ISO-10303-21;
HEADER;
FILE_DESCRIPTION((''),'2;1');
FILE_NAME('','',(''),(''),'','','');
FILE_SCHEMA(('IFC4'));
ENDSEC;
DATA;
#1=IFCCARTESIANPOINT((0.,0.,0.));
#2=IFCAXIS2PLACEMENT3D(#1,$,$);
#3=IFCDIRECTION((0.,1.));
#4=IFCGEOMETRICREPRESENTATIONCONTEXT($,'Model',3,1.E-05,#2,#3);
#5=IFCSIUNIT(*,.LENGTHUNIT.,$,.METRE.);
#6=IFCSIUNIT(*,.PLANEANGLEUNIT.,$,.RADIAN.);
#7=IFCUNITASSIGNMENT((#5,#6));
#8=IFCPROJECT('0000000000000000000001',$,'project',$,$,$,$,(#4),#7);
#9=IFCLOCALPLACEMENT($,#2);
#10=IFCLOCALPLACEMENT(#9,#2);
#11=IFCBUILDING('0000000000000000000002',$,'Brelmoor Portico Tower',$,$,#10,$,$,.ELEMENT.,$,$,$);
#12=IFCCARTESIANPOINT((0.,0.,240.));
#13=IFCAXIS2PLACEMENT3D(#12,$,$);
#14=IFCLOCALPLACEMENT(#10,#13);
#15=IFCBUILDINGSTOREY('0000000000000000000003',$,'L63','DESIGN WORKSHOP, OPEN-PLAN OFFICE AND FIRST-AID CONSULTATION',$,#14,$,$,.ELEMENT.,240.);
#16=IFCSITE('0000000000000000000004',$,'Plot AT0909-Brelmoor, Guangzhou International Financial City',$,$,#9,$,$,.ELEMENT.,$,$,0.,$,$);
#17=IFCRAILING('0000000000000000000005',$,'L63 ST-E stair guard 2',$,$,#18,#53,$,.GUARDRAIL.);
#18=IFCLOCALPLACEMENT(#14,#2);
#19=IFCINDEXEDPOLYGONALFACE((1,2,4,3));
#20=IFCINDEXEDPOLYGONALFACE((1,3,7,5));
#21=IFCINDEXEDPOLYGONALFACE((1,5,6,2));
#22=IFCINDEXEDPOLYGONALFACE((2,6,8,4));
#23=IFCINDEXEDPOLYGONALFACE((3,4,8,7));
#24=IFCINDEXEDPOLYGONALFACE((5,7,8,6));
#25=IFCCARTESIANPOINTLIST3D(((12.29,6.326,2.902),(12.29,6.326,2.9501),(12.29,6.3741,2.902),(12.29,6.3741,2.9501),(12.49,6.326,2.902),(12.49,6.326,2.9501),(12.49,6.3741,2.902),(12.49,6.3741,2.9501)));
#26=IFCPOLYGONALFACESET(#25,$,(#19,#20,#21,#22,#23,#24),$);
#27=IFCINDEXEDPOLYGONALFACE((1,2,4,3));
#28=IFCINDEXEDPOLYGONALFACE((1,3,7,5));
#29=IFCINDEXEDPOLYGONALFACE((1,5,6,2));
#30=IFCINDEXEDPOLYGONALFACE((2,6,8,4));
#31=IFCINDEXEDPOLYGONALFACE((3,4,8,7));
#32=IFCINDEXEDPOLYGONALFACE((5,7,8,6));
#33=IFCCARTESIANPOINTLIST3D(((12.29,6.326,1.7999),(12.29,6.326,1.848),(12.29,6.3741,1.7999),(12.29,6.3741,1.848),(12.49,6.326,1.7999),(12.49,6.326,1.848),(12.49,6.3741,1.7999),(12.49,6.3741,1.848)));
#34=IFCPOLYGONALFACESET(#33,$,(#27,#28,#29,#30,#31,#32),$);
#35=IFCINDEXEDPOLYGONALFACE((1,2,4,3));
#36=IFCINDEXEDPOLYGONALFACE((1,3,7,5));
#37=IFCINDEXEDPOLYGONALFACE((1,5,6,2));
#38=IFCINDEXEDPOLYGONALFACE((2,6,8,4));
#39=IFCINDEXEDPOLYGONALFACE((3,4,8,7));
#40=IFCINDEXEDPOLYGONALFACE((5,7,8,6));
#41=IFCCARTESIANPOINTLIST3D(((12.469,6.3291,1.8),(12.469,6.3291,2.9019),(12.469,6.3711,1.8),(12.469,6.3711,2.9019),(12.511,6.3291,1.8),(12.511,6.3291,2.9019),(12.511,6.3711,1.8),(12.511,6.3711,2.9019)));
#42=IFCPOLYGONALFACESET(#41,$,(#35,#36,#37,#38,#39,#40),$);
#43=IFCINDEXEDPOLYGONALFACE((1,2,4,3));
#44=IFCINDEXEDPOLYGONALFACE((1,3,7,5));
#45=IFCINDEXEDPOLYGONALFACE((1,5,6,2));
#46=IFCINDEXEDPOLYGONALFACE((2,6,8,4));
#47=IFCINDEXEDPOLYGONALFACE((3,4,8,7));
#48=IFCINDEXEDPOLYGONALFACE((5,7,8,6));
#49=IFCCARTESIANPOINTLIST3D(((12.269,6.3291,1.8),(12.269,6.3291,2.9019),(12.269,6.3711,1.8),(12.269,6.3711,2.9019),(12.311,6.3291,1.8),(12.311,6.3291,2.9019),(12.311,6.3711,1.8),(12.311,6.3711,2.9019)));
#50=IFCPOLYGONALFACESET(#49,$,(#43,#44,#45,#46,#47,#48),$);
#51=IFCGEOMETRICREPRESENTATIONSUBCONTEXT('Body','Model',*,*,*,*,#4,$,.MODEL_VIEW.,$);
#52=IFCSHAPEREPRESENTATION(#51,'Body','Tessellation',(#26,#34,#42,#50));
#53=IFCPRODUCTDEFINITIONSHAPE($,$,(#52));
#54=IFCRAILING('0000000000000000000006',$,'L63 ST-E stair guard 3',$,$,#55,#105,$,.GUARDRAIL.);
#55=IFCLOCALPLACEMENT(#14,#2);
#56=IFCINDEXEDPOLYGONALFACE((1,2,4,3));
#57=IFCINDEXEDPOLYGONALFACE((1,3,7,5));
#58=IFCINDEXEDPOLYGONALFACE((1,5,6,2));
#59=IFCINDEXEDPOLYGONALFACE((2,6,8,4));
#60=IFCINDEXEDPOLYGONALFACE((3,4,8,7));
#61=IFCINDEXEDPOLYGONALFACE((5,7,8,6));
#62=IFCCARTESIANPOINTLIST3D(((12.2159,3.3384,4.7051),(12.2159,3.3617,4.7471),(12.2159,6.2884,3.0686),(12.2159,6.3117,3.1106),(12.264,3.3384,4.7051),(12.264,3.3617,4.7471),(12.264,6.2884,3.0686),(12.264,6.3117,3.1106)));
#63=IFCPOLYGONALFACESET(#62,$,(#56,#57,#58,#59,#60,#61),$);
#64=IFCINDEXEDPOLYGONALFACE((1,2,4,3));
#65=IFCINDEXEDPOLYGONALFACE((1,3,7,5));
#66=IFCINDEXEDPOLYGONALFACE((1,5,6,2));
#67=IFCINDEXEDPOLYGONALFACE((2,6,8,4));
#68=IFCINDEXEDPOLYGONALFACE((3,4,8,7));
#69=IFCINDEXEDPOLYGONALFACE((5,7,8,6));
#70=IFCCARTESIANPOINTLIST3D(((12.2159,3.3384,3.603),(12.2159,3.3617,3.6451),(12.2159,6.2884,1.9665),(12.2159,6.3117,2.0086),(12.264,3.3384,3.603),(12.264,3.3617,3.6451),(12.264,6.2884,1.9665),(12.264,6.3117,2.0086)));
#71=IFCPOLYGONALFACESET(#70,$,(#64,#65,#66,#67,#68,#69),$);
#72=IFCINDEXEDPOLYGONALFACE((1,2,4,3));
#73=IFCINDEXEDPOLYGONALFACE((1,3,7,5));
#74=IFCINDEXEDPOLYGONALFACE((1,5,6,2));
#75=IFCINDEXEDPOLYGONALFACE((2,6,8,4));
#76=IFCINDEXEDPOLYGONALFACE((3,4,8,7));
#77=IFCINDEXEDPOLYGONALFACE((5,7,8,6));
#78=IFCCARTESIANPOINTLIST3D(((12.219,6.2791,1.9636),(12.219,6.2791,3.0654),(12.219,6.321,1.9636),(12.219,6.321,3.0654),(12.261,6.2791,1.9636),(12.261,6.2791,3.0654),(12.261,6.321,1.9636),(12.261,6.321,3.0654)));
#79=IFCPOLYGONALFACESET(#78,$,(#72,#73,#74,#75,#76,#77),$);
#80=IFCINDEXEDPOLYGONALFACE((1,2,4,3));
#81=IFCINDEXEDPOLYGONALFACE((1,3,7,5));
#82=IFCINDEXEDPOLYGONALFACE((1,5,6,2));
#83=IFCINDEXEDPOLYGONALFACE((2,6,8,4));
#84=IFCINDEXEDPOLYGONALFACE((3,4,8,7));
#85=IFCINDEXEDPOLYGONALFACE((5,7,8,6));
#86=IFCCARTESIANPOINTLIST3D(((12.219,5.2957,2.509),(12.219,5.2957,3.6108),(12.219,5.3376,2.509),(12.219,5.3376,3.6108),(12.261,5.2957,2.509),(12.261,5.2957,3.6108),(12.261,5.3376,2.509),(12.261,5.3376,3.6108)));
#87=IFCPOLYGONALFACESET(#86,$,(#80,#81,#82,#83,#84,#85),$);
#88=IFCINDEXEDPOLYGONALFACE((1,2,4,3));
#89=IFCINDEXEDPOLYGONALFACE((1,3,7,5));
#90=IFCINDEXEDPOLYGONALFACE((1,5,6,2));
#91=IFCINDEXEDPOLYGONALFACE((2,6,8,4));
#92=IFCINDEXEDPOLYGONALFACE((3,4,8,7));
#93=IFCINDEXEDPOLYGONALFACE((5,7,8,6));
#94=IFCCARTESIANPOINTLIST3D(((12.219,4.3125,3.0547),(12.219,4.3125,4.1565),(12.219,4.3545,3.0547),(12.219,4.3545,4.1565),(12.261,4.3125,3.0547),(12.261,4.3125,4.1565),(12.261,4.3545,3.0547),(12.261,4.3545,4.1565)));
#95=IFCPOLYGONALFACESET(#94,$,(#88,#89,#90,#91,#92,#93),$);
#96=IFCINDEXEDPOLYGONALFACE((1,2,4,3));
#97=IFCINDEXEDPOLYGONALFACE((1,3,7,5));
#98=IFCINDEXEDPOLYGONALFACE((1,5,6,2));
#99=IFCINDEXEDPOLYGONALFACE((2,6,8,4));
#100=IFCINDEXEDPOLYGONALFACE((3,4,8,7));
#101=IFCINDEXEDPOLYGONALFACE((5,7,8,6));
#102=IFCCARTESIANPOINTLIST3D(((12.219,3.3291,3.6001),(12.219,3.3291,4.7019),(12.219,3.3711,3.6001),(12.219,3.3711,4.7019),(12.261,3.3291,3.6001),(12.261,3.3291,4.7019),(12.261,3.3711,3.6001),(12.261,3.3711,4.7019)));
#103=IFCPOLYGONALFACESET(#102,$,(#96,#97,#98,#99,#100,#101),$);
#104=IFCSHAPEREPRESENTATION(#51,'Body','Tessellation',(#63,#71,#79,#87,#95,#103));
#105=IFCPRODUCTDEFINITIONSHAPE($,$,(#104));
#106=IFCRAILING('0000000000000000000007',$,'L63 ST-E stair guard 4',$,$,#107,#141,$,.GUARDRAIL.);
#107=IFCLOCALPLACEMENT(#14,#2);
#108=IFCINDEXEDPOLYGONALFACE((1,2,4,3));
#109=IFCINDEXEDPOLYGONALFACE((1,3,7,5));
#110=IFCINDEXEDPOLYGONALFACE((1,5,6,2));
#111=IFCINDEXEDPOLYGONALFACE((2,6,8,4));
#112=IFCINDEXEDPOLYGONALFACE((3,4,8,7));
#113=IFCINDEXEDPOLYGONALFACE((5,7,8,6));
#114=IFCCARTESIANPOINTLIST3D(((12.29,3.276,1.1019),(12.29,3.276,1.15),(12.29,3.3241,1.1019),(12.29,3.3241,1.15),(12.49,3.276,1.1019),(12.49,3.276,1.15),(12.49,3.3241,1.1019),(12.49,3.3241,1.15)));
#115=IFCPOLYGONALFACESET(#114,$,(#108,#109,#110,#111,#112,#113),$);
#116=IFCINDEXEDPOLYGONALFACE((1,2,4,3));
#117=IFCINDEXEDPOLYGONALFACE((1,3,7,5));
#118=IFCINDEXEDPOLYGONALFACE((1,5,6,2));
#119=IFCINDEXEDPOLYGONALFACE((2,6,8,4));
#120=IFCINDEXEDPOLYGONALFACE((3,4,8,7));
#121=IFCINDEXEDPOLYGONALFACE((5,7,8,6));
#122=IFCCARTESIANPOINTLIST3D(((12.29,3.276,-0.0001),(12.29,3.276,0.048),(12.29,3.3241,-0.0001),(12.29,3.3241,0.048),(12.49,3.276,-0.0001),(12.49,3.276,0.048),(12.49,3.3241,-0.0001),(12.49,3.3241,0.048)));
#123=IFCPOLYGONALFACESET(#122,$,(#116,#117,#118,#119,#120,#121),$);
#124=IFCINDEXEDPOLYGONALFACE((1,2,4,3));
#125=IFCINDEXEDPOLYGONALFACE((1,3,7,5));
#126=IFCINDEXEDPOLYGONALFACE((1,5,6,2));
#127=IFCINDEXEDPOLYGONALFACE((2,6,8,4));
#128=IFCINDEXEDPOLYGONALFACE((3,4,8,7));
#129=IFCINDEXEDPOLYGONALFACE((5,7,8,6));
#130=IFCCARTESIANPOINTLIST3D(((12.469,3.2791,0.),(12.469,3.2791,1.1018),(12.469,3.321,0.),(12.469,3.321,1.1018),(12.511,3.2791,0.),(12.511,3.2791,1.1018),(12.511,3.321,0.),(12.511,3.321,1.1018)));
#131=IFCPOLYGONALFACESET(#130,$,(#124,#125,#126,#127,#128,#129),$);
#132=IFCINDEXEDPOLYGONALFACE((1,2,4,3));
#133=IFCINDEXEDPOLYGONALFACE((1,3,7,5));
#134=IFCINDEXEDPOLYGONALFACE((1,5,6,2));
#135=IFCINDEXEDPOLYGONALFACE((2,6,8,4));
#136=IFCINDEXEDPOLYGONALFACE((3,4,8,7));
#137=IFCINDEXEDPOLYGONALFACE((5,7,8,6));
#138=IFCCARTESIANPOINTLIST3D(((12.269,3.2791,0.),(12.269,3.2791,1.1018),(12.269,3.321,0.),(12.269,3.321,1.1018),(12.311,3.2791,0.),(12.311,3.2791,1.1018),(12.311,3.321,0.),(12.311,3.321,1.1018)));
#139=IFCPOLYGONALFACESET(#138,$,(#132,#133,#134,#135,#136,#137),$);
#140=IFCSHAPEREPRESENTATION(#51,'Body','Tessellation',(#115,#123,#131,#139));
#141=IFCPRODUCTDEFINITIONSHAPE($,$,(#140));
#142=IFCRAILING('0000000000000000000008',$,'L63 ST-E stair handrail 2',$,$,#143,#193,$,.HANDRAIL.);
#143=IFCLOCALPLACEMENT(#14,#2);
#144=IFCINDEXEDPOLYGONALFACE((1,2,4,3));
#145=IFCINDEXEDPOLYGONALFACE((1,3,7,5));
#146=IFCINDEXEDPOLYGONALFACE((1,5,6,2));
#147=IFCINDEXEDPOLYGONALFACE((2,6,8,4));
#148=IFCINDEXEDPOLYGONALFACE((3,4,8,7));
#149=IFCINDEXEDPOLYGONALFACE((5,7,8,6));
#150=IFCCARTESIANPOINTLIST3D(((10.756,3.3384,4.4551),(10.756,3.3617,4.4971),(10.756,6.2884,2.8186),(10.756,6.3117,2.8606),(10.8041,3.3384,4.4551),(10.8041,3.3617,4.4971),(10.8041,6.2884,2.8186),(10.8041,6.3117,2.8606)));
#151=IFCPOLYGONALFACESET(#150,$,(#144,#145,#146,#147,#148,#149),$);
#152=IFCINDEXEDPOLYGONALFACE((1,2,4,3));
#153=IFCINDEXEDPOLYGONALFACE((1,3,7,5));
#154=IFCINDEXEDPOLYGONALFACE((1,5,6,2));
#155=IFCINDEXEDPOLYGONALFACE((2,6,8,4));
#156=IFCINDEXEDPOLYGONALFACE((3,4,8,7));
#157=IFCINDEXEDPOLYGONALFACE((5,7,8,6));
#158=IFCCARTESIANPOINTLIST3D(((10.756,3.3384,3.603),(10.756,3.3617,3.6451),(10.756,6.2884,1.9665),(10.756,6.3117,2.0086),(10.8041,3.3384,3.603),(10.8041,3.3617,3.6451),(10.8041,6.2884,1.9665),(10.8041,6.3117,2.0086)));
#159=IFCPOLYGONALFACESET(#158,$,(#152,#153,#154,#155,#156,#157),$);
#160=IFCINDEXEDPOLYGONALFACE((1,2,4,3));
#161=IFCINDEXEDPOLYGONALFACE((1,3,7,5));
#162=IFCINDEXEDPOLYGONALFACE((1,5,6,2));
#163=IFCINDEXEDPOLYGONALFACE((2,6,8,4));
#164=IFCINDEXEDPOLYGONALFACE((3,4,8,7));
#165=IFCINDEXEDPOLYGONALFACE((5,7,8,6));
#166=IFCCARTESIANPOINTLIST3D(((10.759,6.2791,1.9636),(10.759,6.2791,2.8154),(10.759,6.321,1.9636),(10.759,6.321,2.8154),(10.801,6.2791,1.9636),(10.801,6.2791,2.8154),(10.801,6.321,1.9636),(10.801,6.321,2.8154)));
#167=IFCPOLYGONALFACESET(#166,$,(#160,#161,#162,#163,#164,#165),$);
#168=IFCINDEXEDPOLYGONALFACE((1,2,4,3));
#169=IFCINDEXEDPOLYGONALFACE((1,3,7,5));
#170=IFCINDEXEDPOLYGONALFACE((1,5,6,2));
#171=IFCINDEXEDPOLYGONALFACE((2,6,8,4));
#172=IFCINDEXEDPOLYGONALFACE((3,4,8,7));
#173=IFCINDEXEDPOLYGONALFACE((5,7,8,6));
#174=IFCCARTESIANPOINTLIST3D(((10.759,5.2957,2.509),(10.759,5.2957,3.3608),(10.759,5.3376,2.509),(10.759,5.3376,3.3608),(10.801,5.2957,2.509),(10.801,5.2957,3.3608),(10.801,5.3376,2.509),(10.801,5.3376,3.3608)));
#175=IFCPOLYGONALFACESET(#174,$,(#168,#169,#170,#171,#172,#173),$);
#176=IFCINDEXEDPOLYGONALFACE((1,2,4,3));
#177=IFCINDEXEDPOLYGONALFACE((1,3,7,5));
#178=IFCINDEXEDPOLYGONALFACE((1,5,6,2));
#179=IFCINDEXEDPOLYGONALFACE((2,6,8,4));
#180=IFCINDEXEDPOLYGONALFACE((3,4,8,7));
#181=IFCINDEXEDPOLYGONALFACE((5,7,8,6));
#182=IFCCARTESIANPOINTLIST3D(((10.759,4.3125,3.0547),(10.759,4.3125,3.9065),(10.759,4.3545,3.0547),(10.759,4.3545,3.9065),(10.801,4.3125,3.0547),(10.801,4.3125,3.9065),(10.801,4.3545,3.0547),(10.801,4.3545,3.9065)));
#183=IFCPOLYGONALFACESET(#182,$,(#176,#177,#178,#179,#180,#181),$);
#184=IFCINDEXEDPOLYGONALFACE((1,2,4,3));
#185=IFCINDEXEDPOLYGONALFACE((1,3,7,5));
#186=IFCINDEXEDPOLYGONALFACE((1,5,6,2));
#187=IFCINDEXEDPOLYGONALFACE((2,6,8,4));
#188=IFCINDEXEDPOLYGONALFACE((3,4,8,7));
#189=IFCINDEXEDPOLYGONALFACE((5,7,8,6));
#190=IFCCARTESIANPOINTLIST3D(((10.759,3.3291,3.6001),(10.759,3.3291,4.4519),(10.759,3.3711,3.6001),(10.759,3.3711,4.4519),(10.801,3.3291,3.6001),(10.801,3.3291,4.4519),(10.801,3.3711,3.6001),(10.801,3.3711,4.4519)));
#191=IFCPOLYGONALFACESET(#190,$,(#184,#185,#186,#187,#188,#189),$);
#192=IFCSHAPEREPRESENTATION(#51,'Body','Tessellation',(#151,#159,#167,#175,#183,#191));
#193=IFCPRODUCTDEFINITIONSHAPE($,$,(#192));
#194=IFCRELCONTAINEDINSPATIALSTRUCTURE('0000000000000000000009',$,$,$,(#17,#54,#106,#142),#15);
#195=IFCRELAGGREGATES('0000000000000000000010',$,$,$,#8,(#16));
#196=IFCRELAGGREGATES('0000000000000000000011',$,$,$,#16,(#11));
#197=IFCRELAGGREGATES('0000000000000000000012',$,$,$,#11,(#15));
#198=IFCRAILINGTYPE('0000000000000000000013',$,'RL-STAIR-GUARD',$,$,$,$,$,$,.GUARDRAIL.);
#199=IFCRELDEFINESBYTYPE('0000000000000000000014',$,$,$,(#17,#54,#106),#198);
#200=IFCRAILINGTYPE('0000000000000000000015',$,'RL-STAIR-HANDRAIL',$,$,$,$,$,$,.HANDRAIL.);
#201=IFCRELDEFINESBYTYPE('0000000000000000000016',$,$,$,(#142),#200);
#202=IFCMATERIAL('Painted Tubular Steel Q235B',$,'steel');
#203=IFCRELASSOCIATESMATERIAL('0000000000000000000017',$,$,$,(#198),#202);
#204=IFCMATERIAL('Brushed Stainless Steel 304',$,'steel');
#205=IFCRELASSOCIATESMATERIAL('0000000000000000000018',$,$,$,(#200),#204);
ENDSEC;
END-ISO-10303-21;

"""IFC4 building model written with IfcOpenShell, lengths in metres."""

from ifc_helpers import new_model, si_unit, direction, frame, origin, origin_2d, place, context, subcontext, project, spatial, rectangle, extrude, material, type_object, element, save


model = new_model("IFC4")

# Units and contexts
model_context = context("Model", 3, precision=1e-05, world=origin(), true_north=direction((0.0, 1.0)))
body_context = subcontext(model_context, "Body", "Model", "MODEL_VIEW")
ifc_project = project(units=[si_unit("LENGTHUNIT", "METRE"), si_unit("PLANEANGLEUNIT", "RADIAN")], contexts=[model_context])

# Site, building, storey
site_placement = place(None, origin())
site = spatial("IfcSite", under=ifc_project, at=site_placement, Name="Plot AT0909-Brelmoor, Guangzhou International Financial City", CompositionType="ELEMENT", RefElevation=0.0)
building_placement = place(site_placement, origin())
building = spatial("IfcBuilding", under=site, at=building_placement, Name="Brelmoor Portico Tower", CompositionType="ELEMENT")
storey_placement = place(building_placement, frame((0.0, 0.0, 240.0)))
storey = spatial("IfcBuildingStorey", under=building, at=storey_placement, Name="L63", Description="DESIGN WORKSHOP, OPEN-PLAN OFFICE AND FIRST-AID CONSULTATION", CompositionType="ELEMENT", Elevation=240.0)

# Railings
ifc_material_1 = material(Name="Painted Tubular Steel Q235B", Category="steel")
railing_type_1 = type_object("IfcRailingType", Name="RL-STAIR-GUARD", PredefinedType="GUARDRAIL", material=ifc_material_1)
railing_1_placement = place(storey_placement, frame((12.49, 6.3501, 1.8)))
element("IfcRailing", 1, at=railing_1_placement, inside=storey, type_object=railing_type_1, Name="L63 ST-E stair guard 2", PredefinedType="GUARDRAIL", context=body_context, shape_type="SweptSolid", body=[
    extrude(rectangle(XDim=0.0481, YDim=0.0481, at=origin_2d()), frame((0.0, 0.0, 1.126), z_axis=(-1.0, 0.0, 0.0), x_axis=(0.0, -1.0, 0.0)), (0.0, 0.0, 1.0), 0.2),
    extrude(rectangle(XDim=0.0481, YDim=0.0481, at=origin_2d()), frame((0.0, 0.0, 0.0239), z_axis=(-1.0, 0.0, 0.0), x_axis=(0.0, -1.0, 0.0)), (0.0, 0.0, 1.0), 0.2),
    extrude(rectangle(XDim=0.042, YDim=0.042, at=origin_2d()), origin(), (0.0, 0.0, 1.0), 1.1018),
    extrude(rectangle(XDim=0.042, YDim=0.042, at=origin_2d()), frame((-0.2, 0.0, 0.0)), (0.0, 0.0, 1.0), 1.1018),
])
railing_2_placement = place(storey_placement, frame((12.24, 6.3, 1.9636)))
element("IfcRailing", 2, at=railing_2_placement, inside=storey, type_object=railing_type_1, Name="L63 ST-E stair guard 3", PredefinedType="GUARDRAIL", context=body_context, shape_type="SweptSolid", body=[
    extrude(rectangle(XDim=0.0481, YDim=0.0481, at=origin_2d()), frame((0.0, 0.0, 1.126), z_axis=(0.0, -0.874458, 0.485102), x_axis=(1.0, 0.0, 0.0)), (0.0, 0.0, 1.0), 3.3735),
    extrude(rectangle(XDim=0.0481, YDim=0.0481, at=origin_2d()), frame((0.0, 0.0, 0.0239), z_axis=(0.0, -0.874458, 0.485102), x_axis=(1.0, 0.0, 0.0)), (0.0, 0.0, 1.0), 3.3735),
    extrude(rectangle(XDim=0.042, YDim=0.042, at=origin_2d()), origin(), (0.0, 0.0, 1.0), 1.1018),
    extrude(rectangle(XDim=0.042, YDim=0.042, at=origin_2d()), frame((0.0, -0.9834, 0.5454)), (0.0, 0.0, 1.0), 1.1018),
    extrude(rectangle(XDim=0.042, YDim=0.042, at=origin_2d()), frame((0.0, -1.9666, 1.0911)), (0.0, 0.0, 1.0), 1.1018),
    extrude(rectangle(XDim=0.042, YDim=0.042, at=origin_2d()), frame((0.0, -2.95, 1.6365)), (0.0, 0.0, 1.0), 1.1018),
])
railing_3_placement = place(storey_placement, frame((12.49, 3.3, 0.0)))
element("IfcRailing", 3, at=railing_3_placement, inside=storey, type_object=railing_type_1, Name="L63 ST-E stair guard 4", PredefinedType="GUARDRAIL", context=body_context, shape_type="SweptSolid", body=[
    extrude(rectangle(XDim=0.0481, YDim=0.0481, at=origin_2d()), frame((0.0, 0.0, 1.126), z_axis=(-1.0, 0.0, 0.0), x_axis=(0.0, -1.0, 0.0)), (0.0, 0.0, 1.0), 0.2),
    extrude(rectangle(XDim=0.0481, YDim=0.0481, at=origin_2d()), frame((0.0, 0.0, 0.0239), z_axis=(-1.0, 0.0, 0.0), x_axis=(0.0, -1.0, 0.0)), (0.0, 0.0, 1.0), 0.2),
    extrude(rectangle(XDim=0.042, YDim=0.042, at=origin_2d()), origin(), (0.0, 0.0, 1.0), 1.1018),
    extrude(rectangle(XDim=0.042, YDim=0.042, at=origin_2d()), frame((-0.2, 0.0, 0.0)), (0.0, 0.0, 1.0), 1.1018),
])
ifc_material_2 = material(Name="Brushed Stainless Steel 304", Category="steel")
railing_type_2 = type_object("IfcRailingType", Name="RL-STAIR-HANDRAIL", PredefinedType="HANDRAIL", material=ifc_material_2)
railing_4_placement = place(storey_placement, frame((10.78, 6.3, 1.9636)))
element("IfcRailing", 4, at=railing_4_placement, inside=storey, type_object=railing_type_2, Name="L63 ST-E stair handrail 2", PredefinedType="HANDRAIL", context=body_context, shape_type="SweptSolid", body=[
    extrude(rectangle(XDim=0.0481, YDim=0.0481, at=origin_2d()), frame((0.0, 0.0, 0.876), z_axis=(0.0, -0.874458, 0.485102), x_axis=(1.0, 0.0, 0.0)), (0.0, 0.0, 1.0), 3.3735),
    extrude(rectangle(XDim=0.0481, YDim=0.0481, at=origin_2d()), frame((0.0, 0.0, 0.0239), z_axis=(0.0, -0.874458, 0.485102), x_axis=(1.0, 0.0, 0.0)), (0.0, 0.0, 1.0), 3.3735),
    extrude(rectangle(XDim=0.042, YDim=0.042, at=origin_2d()), origin(), (0.0, 0.0, 1.0), 0.8518),
    extrude(rectangle(XDim=0.042, YDim=0.042, at=origin_2d()), frame((0.0, -0.9834, 0.5454)), (0.0, 0.0, 1.0), 0.8518),
    extrude(rectangle(XDim=0.042, YDim=0.042, at=origin_2d()), frame((0.0, -1.9666, 1.0911)), (0.0, 0.0, 1.0), 0.8518),
    extrude(rectangle(XDim=0.042, YDim=0.042, at=origin_2d()), frame((0.0, -2.95, 1.6365)), (0.0, 0.0, 1.0), 0.8518),
])

save(model, "model.ifc")
